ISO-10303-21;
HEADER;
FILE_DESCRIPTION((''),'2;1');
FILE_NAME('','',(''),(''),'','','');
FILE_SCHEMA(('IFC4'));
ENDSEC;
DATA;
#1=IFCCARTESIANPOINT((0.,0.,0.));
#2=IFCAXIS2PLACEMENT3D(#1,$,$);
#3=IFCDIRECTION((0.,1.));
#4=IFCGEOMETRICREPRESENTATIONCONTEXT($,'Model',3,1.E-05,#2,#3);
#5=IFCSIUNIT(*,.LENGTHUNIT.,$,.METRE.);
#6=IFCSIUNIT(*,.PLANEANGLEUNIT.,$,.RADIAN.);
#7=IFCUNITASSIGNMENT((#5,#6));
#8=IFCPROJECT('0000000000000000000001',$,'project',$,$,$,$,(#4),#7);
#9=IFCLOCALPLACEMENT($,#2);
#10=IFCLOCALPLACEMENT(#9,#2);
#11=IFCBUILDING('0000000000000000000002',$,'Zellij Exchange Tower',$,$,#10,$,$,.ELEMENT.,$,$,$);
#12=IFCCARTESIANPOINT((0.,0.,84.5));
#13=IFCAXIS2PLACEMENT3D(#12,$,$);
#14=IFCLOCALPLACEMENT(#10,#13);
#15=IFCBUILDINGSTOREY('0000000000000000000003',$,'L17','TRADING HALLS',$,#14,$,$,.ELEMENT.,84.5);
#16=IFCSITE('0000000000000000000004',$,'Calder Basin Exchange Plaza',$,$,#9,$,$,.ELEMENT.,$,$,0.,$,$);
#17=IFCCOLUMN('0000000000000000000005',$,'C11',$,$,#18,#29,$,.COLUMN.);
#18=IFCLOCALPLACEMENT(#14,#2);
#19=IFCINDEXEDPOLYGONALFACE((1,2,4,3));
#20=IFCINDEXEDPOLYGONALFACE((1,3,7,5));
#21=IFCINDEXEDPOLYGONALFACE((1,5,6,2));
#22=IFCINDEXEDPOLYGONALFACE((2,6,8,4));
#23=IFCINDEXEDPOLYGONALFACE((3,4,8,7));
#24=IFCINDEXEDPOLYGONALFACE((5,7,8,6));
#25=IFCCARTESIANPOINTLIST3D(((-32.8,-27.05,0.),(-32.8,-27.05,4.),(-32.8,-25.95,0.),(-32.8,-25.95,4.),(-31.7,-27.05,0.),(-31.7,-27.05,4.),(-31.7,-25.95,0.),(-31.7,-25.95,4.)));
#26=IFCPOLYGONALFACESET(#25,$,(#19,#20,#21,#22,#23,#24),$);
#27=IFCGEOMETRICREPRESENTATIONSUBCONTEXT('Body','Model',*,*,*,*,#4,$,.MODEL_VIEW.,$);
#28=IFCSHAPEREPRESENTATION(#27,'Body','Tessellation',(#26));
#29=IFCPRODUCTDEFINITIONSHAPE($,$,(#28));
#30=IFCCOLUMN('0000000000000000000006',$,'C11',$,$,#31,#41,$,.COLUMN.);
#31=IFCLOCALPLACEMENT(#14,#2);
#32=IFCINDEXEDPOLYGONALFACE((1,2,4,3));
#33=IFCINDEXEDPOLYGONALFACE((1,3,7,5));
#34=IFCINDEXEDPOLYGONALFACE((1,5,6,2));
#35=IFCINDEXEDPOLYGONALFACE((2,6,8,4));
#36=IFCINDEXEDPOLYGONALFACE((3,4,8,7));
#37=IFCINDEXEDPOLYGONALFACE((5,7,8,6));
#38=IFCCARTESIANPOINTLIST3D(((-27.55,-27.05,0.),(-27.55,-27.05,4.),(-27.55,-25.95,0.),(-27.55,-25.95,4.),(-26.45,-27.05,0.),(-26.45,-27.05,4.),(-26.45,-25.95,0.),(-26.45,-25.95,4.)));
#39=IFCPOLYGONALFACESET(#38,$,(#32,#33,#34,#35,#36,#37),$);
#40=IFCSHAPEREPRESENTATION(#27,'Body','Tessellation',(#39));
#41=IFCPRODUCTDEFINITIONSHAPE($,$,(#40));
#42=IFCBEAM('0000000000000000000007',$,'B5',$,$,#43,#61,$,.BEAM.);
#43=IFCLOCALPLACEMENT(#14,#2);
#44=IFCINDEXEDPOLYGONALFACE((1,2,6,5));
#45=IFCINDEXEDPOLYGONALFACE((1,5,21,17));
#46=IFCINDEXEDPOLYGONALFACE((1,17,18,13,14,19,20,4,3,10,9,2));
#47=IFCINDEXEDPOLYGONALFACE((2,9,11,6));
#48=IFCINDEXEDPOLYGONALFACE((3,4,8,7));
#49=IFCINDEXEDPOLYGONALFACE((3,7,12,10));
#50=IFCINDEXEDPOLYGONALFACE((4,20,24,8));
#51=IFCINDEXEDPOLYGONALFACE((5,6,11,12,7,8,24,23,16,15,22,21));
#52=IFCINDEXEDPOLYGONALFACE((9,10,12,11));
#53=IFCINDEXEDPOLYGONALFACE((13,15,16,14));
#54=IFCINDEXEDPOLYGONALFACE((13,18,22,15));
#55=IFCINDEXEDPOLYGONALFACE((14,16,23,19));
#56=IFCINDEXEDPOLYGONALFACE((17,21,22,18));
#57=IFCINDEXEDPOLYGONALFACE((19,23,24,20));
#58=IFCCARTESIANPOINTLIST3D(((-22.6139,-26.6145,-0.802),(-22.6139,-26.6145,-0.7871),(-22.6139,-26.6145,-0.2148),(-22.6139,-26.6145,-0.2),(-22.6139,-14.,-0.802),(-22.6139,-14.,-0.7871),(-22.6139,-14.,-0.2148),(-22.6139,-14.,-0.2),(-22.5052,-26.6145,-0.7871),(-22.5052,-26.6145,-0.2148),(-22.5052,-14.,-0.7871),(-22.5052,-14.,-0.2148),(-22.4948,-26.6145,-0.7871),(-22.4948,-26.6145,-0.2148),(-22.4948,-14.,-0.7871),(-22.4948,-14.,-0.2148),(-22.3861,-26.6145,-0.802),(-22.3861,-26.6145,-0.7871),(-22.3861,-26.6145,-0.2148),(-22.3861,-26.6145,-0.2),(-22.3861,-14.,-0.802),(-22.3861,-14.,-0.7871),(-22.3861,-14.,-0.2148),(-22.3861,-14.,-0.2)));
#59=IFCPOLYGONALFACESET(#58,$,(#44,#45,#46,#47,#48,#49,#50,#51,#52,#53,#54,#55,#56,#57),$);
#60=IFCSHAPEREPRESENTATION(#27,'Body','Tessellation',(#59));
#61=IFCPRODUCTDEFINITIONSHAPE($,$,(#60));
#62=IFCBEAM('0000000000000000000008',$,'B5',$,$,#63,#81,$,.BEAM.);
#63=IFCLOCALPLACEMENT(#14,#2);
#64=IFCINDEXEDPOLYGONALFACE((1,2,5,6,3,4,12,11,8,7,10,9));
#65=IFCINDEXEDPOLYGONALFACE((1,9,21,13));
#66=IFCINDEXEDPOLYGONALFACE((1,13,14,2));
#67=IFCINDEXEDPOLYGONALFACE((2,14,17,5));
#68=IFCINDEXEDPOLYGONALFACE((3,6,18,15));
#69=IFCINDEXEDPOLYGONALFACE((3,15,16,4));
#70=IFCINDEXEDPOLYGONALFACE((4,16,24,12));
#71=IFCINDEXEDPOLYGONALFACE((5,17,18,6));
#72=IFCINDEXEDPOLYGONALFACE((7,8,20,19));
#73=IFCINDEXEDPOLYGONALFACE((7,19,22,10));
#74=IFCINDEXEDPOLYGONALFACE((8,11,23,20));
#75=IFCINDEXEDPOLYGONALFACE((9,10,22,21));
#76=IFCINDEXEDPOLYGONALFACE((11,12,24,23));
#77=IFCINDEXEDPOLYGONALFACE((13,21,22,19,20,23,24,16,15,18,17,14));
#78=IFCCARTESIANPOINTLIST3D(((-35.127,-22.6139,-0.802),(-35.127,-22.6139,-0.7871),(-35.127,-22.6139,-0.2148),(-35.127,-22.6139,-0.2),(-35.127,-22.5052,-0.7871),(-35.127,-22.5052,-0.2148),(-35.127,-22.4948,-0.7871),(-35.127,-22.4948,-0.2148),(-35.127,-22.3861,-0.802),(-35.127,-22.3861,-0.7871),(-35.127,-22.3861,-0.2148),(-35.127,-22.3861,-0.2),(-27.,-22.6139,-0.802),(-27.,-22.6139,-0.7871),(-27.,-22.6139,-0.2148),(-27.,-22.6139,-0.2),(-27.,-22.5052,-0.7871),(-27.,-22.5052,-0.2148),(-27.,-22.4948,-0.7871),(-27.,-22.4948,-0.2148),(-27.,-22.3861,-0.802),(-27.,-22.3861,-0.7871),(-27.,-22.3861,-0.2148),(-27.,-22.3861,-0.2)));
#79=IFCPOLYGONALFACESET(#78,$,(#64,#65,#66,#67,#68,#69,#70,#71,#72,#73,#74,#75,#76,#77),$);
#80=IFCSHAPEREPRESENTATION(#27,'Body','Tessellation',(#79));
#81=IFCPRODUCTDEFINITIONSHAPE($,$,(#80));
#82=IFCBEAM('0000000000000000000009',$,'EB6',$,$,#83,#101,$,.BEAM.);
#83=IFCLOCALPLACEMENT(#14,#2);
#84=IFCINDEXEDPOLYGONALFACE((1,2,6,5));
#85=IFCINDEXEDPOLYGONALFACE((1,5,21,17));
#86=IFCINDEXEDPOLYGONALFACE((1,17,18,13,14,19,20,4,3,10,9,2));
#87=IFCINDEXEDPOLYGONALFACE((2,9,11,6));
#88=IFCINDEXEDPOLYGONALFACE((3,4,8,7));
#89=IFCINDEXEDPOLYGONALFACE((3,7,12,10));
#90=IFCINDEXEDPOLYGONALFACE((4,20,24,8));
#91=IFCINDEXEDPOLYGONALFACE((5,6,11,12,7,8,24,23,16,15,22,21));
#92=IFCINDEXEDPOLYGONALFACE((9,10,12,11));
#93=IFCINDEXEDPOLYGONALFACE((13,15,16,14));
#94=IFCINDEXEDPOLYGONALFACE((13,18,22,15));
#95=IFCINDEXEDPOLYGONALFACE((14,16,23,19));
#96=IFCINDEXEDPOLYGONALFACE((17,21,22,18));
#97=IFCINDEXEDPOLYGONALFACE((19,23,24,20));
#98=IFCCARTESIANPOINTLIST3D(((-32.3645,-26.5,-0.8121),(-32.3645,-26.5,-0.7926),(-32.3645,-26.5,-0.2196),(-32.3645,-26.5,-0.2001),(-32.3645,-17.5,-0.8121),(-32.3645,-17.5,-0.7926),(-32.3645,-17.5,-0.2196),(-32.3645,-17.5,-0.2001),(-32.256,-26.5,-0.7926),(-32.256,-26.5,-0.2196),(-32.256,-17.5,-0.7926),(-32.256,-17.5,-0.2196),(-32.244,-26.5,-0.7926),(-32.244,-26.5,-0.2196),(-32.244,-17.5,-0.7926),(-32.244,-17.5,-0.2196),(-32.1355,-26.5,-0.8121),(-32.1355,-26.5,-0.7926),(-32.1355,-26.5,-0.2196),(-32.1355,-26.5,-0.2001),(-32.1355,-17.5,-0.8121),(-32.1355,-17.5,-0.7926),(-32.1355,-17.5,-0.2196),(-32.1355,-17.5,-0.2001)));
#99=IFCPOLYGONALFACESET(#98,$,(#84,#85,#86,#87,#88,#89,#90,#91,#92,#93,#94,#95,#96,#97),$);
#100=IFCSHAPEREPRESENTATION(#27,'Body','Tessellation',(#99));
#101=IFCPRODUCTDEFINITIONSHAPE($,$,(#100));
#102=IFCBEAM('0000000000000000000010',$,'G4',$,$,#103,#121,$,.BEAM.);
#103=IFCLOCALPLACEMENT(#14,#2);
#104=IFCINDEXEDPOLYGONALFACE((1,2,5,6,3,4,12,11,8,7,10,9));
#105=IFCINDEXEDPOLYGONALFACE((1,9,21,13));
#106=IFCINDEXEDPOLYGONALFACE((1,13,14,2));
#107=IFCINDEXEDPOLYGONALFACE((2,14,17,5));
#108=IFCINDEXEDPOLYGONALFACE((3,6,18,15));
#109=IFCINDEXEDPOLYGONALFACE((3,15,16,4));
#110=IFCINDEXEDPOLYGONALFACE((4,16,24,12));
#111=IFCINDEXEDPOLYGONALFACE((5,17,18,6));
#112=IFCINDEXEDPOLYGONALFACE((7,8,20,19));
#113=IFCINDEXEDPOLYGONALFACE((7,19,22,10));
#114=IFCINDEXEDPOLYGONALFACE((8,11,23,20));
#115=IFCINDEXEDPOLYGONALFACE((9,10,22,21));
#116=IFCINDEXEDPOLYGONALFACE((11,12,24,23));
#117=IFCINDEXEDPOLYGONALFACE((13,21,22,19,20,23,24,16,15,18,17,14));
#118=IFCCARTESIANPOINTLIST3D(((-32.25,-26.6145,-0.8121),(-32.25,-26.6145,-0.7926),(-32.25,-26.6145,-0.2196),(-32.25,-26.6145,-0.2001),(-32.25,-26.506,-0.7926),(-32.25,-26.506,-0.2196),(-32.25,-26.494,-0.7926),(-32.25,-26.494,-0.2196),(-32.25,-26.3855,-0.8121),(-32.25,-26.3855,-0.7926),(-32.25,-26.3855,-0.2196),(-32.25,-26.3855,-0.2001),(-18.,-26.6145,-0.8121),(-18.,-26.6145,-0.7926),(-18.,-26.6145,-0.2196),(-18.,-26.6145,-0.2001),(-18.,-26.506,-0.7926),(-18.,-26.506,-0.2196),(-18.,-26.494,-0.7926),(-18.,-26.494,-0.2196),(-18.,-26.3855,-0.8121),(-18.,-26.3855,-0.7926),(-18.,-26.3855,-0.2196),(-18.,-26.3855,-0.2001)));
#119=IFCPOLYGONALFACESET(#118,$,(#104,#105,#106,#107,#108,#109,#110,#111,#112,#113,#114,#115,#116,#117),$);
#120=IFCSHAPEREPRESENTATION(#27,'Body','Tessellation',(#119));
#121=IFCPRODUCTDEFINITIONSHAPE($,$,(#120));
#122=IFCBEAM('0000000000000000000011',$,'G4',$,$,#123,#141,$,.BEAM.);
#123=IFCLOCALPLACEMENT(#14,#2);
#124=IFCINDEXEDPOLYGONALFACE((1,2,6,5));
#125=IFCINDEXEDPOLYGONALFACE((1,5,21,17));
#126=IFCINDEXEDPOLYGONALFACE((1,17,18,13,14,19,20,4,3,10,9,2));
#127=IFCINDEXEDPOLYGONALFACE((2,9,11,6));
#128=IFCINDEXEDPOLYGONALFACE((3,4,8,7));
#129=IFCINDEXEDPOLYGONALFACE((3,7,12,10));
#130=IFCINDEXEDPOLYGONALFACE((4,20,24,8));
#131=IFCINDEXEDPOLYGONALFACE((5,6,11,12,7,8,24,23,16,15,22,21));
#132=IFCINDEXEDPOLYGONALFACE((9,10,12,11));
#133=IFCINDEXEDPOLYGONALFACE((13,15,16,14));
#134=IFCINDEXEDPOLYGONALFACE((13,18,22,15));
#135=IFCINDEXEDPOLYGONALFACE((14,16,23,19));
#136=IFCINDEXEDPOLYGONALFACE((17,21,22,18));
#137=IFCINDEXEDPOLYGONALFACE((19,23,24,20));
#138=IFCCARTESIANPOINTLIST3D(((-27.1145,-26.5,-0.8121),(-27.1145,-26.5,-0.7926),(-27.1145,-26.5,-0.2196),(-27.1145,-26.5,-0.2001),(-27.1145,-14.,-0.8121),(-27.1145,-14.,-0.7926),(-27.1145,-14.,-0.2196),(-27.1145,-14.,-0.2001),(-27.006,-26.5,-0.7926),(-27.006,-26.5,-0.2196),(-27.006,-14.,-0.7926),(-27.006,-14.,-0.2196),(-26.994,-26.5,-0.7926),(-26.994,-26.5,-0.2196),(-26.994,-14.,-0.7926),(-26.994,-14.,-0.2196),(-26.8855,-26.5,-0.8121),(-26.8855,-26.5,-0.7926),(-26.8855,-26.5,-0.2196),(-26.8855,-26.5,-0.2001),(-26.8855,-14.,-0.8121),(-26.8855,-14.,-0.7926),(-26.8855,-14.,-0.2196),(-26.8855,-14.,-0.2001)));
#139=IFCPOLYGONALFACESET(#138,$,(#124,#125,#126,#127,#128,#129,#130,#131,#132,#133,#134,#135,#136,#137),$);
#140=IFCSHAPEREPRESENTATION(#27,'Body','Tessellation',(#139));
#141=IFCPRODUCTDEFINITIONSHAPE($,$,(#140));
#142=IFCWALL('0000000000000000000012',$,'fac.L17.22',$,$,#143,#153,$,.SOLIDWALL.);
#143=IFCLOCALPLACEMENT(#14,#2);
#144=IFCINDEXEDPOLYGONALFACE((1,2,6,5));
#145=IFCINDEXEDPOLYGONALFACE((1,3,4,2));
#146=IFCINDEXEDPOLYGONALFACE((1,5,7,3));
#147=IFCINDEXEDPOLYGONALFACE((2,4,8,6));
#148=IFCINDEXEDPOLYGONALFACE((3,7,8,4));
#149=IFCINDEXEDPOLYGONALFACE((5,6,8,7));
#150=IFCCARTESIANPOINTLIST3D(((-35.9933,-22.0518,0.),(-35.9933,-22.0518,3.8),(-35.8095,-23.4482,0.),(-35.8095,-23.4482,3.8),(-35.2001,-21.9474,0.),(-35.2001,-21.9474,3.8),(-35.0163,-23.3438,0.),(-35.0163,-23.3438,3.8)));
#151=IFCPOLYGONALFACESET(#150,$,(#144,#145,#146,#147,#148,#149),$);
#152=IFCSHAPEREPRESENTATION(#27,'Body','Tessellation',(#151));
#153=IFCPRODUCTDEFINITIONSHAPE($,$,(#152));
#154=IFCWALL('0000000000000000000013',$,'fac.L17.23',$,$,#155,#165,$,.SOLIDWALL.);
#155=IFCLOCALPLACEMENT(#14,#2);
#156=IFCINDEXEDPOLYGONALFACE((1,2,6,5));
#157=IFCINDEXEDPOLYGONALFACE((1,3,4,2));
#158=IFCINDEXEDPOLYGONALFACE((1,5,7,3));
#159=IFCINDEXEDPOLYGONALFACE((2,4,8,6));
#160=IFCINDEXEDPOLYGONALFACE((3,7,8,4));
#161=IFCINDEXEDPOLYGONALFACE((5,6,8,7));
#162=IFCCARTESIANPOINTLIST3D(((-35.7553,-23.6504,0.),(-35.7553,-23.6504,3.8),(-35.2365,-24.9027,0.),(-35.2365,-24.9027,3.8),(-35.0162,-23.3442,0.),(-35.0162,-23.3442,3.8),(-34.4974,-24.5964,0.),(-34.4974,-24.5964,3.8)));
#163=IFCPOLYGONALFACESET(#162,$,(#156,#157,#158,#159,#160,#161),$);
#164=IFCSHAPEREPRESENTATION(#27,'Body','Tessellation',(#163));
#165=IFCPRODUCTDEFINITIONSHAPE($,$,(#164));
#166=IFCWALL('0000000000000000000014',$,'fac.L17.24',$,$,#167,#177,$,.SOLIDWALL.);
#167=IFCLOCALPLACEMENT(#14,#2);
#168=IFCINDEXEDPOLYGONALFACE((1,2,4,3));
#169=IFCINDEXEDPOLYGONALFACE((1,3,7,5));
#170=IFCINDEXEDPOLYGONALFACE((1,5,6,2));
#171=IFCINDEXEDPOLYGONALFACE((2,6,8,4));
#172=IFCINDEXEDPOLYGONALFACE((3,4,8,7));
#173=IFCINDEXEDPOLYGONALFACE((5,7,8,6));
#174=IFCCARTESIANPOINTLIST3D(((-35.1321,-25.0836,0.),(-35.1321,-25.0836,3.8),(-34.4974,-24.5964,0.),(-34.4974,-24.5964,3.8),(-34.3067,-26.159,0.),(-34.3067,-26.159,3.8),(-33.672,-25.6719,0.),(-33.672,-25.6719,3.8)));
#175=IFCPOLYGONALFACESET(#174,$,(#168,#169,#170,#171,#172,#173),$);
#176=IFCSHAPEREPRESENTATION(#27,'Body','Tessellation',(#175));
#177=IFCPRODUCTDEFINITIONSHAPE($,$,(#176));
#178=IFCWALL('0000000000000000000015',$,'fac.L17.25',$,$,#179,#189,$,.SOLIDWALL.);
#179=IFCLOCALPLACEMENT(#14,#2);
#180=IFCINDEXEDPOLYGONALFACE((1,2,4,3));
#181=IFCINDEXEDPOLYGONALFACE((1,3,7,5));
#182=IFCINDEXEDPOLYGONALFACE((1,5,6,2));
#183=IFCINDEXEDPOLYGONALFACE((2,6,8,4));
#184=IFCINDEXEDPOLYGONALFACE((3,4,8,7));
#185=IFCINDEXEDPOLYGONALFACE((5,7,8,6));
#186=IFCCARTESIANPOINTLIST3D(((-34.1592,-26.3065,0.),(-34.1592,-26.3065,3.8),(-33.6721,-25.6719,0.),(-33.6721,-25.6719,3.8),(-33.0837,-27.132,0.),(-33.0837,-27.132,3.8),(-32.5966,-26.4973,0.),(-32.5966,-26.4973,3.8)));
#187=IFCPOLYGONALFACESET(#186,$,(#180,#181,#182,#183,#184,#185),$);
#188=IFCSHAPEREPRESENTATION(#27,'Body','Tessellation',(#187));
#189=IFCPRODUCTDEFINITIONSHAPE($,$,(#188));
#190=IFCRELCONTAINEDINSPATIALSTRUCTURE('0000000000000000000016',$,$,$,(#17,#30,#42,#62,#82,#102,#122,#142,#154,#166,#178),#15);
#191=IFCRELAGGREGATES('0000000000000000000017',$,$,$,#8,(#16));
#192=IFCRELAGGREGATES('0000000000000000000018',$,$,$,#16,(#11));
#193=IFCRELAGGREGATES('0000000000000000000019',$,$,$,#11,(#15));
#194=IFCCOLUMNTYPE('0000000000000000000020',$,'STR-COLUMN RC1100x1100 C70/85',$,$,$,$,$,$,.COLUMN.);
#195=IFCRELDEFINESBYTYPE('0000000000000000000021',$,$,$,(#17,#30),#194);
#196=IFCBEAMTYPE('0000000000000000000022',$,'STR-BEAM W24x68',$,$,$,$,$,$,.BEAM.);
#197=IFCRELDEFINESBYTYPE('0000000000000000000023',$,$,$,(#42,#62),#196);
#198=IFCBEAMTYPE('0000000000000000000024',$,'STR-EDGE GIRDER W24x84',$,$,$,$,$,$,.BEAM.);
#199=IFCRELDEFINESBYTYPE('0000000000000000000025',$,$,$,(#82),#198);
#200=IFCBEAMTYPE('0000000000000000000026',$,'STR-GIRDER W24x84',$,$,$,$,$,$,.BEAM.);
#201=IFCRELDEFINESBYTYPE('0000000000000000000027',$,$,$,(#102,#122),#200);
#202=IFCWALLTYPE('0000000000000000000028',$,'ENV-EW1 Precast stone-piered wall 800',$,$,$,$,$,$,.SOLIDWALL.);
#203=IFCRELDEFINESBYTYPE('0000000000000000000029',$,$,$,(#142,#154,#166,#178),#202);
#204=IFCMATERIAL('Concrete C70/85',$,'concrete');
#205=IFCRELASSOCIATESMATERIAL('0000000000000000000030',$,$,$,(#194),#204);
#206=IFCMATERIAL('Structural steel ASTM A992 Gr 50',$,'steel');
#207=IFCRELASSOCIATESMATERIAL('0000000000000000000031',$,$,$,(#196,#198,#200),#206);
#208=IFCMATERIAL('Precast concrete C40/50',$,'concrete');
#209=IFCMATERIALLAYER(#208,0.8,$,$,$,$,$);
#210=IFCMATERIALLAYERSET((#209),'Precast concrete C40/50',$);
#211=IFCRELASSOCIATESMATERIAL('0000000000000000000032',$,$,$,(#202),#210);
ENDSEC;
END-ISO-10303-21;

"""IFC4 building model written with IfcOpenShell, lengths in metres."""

from ifc_helpers import new_model, si_unit, direction, frame, frame_2d, origin, origin_2d, place, context, subcontext, project, spatial, rectangle, i_section, extrude, material, layer, layer_set, material_profile, profile_set, type_object, element, save


model = new_model("IFC4")

# Units and contexts
model_context = context("Model", 3, precision=1e-05, world=origin(), true_north=direction((0.0, 1.0)))
body_context = subcontext(model_context, "Body", "Model", "MODEL_VIEW")
ifc_project = project(units=[si_unit("LENGTHUNIT", "METRE"), si_unit("PLANEANGLEUNIT", "RADIAN")], contexts=[model_context])

# Site, building, storey
site_placement = place(None, origin())
site = spatial("IfcSite", under=ifc_project, at=site_placement, Name="Calder Basin Exchange Plaza", CompositionType="ELEMENT", RefElevation=0.0)
building_placement = place(site_placement, origin())
building = spatial("IfcBuilding", under=site, at=building_placement, Name="Zellij Exchange Tower", CompositionType="ELEMENT")
storey_placement = place(building_placement, frame((0.0, 0.0, 84.5)))
storey = spatial("IfcBuildingStorey", under=building, at=storey_placement, Name="L17", Description="TRADING HALLS", CompositionType="ELEMENT", Elevation=84.5)

# Columns
ifc_material_1 = material(Name="Concrete C70/85", Category="concrete")
ifc_material_profile_1 = material_profile(ifc_material_1, rectangle(XDim=1.1001, YDim=1.1001, at=origin_2d()), Name="STR-COLUMN RC1100x1100 C70/85")
ifc_profile_set_1 = profile_set([ifc_material_profile_1], Name="Concrete C70/85")
column_type = type_object("IfcColumnType", Name="STR-COLUMN RC1100x1100 C70/85", PredefinedType="COLUMN", material=ifc_profile_set_1)
for number, where, z_axis, x_axis, name in (
    (1, (-32.25, -26.5, 0.0), (0.0, 0.0, 1.0), (1.0, 0.0, 0.0), "C11"),
    (2, (-27.0, -26.5, 0.0), (0.0, 0.0, 1.0), (1.0, 0.0, 0.0), "C11"),
):
    element("IfcColumn", number, at=place(storey_placement, frame(where, z_axis=z_axis, x_axis=x_axis)), inside=storey, type_object=column_type, Name=name, PredefinedType="COLUMN", context=body_context, shape_type="SweptSolid", body=[
        extrude(rectangle(XDim=1.1001, YDim=1.1001, at=origin_2d()), origin(), (0.0, 0.0, 1.0), 4.0),
    ])

# Beams
ifc_material_2 = material(Name="Structural steel ASTM A992 Gr 50", Category="steel")
ifc_material_profile_2 = material_profile(ifc_material_2, i_section(OverallWidth=0.2278, OverallDepth=0.6021, WebThickness=0.0105, FlangeThickness=0.0149, at=origin_2d()), Name="W24x68")
ifc_profile_set_2 = profile_set([ifc_material_profile_2], Name="Structural steel ASTM A992 Gr 50")
beam_type_1 = type_object("IfcBeamType", Name="STR-BEAM W24x68", PredefinedType="BEAM", material=ifc_profile_set_2)
beam_1_placement = place(storey_placement, frame((-22.5, -26.6145, -0.501), z_axis=(0.0, 1.0, 0.0), x_axis=(-1.0, 0.0, 0.0)))
element("IfcBeam", 3, at=beam_1_placement, inside=storey, type_object=beam_type_1, Name="B5", PredefinedType="BEAM", context=body_context, shape_type="SweptSolid", body=[
    extrude(i_section(OverallWidth=0.2278, OverallDepth=0.6021, WebThickness=0.0105, FlangeThickness=0.0149, at=origin_2d()), origin(), (0.0, 0.0, 1.0), 12.6145),
])
beam_2_placement = place(storey_placement, frame((-35.127, -22.5, -0.501), z_axis=(1.0, 0.0, 0.0), x_axis=(0.0, 1.0, 0.0)))
element("IfcBeam", 4, at=beam_2_placement, inside=storey, type_object=beam_type_1, Name="B5", PredefinedType="BEAM", context=body_context, shape_type="SweptSolid", body=[
    extrude(i_section(OverallWidth=0.2278, OverallDepth=0.6021, WebThickness=0.0105, FlangeThickness=0.0149, at=origin_2d()), origin(), (0.0, 0.0, 1.0), 8.127),
])
ifc_material_profile_3 = material_profile(ifc_material_2, i_section(OverallWidth=0.229, OverallDepth=0.6121, WebThickness=0.012, FlangeThickness=0.0195, at=origin_2d()), Name="W24x84")
ifc_profile_set_3 = profile_set([ifc_material_profile_3], Name="Structural steel ASTM A992 Gr 50")
beam_type_2 = type_object("IfcBeamType", Name="STR-EDGE GIRDER W24x84", PredefinedType="BEAM", material=ifc_profile_set_3)
beam_3_placement = place(storey_placement, frame((-32.25, -26.5, -0.5061), z_axis=(0.0, 1.0, 0.0), x_axis=(-1.0, 0.0, 0.0)))
element("IfcBeam", 5, at=beam_3_placement, inside=storey, type_object=beam_type_2, Name="EB6", PredefinedType="BEAM", context=body_context, shape_type="SweptSolid", body=[
    extrude(i_section(OverallWidth=0.229, OverallDepth=0.6121, WebThickness=0.012, FlangeThickness=0.0195, at=origin_2d()), origin(), (0.0, 0.0, 1.0), 9.0),
])
ifc_material_profile_4 = material_profile(ifc_material_2, i_section(OverallWidth=0.229, OverallDepth=0.6121, WebThickness=0.012, FlangeThickness=0.0195, at=origin_2d()), Name="W24x84")
ifc_profile_set_4 = profile_set([ifc_material_profile_4], Name="Structural steel ASTM A992 Gr 50")
beam_type_3 = type_object("IfcBeamType", Name="STR-GIRDER W24x84", PredefinedType="BEAM", material=ifc_profile_set_4)
beam_4_placement = place(storey_placement, frame((-32.25, -26.5, -0.5061), z_axis=(1.0, 0.0, 0.0), x_axis=(0.0, 1.0, 0.0)))
element("IfcBeam", 6, at=beam_4_placement, inside=storey, type_object=beam_type_3, Name="G4", PredefinedType="BEAM", context=body_context, shape_type="SweptSolid", body=[
    extrude(i_section(OverallWidth=0.229, OverallDepth=0.6121, WebThickness=0.012, FlangeThickness=0.0195, at=origin_2d()), origin(), (0.0, 0.0, 1.0), 14.25),
])
beam_5_placement = place(storey_placement, frame((-27.0, -26.5, -0.5061), z_axis=(0.0, 1.0, 0.0), x_axis=(-1.0, 0.0, 0.0)))
element("IfcBeam", 7, at=beam_5_placement, inside=storey, type_object=beam_type_3, Name="G4", PredefinedType="BEAM", context=body_context, shape_type="SweptSolid", body=[
    extrude(i_section(OverallWidth=0.229, OverallDepth=0.6121, WebThickness=0.012, FlangeThickness=0.0195, at=origin_2d()), origin(), (0.0, 0.0, 1.0), 12.5),
])

# Walls
ifc_material_3 = material(Name="Precast concrete C40/50", Category="concrete")
ifc_layer_1 = layer(ifc_material_3, 0.8)
ifc_layer_set_1 = layer_set([ifc_layer_1], Name="Precast concrete C40/50")
wall_type = type_object("IfcWallType", Name="ENV-EW1 Precast stone-piered wall 800", PredefinedType="SOLIDWALL", material=ifc_layer_set_1)
wall_1_placement = place(storey_placement, frame((-35.5967, -21.9998, 0.0), z_axis=(0.0, 0.0, 1.0), x_axis=(0.130517, -0.991446, 0.0)))
element("IfcWall", 8, at=wall_1_placement, inside=storey, type_object=wall_type, Name="fac.L17.22", PredefinedType="SOLIDWALL", context=body_context, shape_type="SweptSolid", body=[
    extrude(rectangle(XDim=1.4084, YDim=0.8, at=frame_2d((0.7041, 0.0))), origin(), (0.0, 0.0, 1.0), 3.8),
])
wall_2_placement = place(storey_placement, frame((-35.3857, -23.4973, 0.0), z_axis=(0.0, 0.0, 1.0), x_axis=(0.38276, -0.923848, 0.0)))
element("IfcWall", 9, at=wall_2_placement, inside=storey, type_object=wall_type, Name="fac.L17.23", PredefinedType="SOLIDWALL", context=body_context, shape_type="SweptSolid", body=[
    extrude(rectangle(XDim=1.3555, YDim=0.8, at=frame_2d((0.6777, 0.0))), origin(), (0.0, 0.0, 1.0), 3.8),
])
for number, where, z_axis, x_axis, name in (
    (10, (-34.8147, -24.8401, 0.0), (0.0, 0.0, 1.0), (0.608866, -0.793273, 0.0), "fac.L17.24"),
    (11, (-33.9155, -25.9893, 0.0), (0.0, 0.0, 1.0), (0.793273, -0.608866, 0.0), "fac.L17.25"),
):
    element("IfcWall", number, at=place(storey_placement, frame(where, z_axis=z_axis, x_axis=x_axis)), inside=storey, type_object=wall_type, Name=name, PredefinedType="SOLIDWALL", context=body_context, shape_type="SweptSolid", body=[
        extrude(rectangle(XDim=1.3557, YDim=0.8, at=frame_2d((0.6777, 0.0))), origin(), (0.0, 0.0, 1.0), 3.8),
    ])

save(model, "model.ifc")
